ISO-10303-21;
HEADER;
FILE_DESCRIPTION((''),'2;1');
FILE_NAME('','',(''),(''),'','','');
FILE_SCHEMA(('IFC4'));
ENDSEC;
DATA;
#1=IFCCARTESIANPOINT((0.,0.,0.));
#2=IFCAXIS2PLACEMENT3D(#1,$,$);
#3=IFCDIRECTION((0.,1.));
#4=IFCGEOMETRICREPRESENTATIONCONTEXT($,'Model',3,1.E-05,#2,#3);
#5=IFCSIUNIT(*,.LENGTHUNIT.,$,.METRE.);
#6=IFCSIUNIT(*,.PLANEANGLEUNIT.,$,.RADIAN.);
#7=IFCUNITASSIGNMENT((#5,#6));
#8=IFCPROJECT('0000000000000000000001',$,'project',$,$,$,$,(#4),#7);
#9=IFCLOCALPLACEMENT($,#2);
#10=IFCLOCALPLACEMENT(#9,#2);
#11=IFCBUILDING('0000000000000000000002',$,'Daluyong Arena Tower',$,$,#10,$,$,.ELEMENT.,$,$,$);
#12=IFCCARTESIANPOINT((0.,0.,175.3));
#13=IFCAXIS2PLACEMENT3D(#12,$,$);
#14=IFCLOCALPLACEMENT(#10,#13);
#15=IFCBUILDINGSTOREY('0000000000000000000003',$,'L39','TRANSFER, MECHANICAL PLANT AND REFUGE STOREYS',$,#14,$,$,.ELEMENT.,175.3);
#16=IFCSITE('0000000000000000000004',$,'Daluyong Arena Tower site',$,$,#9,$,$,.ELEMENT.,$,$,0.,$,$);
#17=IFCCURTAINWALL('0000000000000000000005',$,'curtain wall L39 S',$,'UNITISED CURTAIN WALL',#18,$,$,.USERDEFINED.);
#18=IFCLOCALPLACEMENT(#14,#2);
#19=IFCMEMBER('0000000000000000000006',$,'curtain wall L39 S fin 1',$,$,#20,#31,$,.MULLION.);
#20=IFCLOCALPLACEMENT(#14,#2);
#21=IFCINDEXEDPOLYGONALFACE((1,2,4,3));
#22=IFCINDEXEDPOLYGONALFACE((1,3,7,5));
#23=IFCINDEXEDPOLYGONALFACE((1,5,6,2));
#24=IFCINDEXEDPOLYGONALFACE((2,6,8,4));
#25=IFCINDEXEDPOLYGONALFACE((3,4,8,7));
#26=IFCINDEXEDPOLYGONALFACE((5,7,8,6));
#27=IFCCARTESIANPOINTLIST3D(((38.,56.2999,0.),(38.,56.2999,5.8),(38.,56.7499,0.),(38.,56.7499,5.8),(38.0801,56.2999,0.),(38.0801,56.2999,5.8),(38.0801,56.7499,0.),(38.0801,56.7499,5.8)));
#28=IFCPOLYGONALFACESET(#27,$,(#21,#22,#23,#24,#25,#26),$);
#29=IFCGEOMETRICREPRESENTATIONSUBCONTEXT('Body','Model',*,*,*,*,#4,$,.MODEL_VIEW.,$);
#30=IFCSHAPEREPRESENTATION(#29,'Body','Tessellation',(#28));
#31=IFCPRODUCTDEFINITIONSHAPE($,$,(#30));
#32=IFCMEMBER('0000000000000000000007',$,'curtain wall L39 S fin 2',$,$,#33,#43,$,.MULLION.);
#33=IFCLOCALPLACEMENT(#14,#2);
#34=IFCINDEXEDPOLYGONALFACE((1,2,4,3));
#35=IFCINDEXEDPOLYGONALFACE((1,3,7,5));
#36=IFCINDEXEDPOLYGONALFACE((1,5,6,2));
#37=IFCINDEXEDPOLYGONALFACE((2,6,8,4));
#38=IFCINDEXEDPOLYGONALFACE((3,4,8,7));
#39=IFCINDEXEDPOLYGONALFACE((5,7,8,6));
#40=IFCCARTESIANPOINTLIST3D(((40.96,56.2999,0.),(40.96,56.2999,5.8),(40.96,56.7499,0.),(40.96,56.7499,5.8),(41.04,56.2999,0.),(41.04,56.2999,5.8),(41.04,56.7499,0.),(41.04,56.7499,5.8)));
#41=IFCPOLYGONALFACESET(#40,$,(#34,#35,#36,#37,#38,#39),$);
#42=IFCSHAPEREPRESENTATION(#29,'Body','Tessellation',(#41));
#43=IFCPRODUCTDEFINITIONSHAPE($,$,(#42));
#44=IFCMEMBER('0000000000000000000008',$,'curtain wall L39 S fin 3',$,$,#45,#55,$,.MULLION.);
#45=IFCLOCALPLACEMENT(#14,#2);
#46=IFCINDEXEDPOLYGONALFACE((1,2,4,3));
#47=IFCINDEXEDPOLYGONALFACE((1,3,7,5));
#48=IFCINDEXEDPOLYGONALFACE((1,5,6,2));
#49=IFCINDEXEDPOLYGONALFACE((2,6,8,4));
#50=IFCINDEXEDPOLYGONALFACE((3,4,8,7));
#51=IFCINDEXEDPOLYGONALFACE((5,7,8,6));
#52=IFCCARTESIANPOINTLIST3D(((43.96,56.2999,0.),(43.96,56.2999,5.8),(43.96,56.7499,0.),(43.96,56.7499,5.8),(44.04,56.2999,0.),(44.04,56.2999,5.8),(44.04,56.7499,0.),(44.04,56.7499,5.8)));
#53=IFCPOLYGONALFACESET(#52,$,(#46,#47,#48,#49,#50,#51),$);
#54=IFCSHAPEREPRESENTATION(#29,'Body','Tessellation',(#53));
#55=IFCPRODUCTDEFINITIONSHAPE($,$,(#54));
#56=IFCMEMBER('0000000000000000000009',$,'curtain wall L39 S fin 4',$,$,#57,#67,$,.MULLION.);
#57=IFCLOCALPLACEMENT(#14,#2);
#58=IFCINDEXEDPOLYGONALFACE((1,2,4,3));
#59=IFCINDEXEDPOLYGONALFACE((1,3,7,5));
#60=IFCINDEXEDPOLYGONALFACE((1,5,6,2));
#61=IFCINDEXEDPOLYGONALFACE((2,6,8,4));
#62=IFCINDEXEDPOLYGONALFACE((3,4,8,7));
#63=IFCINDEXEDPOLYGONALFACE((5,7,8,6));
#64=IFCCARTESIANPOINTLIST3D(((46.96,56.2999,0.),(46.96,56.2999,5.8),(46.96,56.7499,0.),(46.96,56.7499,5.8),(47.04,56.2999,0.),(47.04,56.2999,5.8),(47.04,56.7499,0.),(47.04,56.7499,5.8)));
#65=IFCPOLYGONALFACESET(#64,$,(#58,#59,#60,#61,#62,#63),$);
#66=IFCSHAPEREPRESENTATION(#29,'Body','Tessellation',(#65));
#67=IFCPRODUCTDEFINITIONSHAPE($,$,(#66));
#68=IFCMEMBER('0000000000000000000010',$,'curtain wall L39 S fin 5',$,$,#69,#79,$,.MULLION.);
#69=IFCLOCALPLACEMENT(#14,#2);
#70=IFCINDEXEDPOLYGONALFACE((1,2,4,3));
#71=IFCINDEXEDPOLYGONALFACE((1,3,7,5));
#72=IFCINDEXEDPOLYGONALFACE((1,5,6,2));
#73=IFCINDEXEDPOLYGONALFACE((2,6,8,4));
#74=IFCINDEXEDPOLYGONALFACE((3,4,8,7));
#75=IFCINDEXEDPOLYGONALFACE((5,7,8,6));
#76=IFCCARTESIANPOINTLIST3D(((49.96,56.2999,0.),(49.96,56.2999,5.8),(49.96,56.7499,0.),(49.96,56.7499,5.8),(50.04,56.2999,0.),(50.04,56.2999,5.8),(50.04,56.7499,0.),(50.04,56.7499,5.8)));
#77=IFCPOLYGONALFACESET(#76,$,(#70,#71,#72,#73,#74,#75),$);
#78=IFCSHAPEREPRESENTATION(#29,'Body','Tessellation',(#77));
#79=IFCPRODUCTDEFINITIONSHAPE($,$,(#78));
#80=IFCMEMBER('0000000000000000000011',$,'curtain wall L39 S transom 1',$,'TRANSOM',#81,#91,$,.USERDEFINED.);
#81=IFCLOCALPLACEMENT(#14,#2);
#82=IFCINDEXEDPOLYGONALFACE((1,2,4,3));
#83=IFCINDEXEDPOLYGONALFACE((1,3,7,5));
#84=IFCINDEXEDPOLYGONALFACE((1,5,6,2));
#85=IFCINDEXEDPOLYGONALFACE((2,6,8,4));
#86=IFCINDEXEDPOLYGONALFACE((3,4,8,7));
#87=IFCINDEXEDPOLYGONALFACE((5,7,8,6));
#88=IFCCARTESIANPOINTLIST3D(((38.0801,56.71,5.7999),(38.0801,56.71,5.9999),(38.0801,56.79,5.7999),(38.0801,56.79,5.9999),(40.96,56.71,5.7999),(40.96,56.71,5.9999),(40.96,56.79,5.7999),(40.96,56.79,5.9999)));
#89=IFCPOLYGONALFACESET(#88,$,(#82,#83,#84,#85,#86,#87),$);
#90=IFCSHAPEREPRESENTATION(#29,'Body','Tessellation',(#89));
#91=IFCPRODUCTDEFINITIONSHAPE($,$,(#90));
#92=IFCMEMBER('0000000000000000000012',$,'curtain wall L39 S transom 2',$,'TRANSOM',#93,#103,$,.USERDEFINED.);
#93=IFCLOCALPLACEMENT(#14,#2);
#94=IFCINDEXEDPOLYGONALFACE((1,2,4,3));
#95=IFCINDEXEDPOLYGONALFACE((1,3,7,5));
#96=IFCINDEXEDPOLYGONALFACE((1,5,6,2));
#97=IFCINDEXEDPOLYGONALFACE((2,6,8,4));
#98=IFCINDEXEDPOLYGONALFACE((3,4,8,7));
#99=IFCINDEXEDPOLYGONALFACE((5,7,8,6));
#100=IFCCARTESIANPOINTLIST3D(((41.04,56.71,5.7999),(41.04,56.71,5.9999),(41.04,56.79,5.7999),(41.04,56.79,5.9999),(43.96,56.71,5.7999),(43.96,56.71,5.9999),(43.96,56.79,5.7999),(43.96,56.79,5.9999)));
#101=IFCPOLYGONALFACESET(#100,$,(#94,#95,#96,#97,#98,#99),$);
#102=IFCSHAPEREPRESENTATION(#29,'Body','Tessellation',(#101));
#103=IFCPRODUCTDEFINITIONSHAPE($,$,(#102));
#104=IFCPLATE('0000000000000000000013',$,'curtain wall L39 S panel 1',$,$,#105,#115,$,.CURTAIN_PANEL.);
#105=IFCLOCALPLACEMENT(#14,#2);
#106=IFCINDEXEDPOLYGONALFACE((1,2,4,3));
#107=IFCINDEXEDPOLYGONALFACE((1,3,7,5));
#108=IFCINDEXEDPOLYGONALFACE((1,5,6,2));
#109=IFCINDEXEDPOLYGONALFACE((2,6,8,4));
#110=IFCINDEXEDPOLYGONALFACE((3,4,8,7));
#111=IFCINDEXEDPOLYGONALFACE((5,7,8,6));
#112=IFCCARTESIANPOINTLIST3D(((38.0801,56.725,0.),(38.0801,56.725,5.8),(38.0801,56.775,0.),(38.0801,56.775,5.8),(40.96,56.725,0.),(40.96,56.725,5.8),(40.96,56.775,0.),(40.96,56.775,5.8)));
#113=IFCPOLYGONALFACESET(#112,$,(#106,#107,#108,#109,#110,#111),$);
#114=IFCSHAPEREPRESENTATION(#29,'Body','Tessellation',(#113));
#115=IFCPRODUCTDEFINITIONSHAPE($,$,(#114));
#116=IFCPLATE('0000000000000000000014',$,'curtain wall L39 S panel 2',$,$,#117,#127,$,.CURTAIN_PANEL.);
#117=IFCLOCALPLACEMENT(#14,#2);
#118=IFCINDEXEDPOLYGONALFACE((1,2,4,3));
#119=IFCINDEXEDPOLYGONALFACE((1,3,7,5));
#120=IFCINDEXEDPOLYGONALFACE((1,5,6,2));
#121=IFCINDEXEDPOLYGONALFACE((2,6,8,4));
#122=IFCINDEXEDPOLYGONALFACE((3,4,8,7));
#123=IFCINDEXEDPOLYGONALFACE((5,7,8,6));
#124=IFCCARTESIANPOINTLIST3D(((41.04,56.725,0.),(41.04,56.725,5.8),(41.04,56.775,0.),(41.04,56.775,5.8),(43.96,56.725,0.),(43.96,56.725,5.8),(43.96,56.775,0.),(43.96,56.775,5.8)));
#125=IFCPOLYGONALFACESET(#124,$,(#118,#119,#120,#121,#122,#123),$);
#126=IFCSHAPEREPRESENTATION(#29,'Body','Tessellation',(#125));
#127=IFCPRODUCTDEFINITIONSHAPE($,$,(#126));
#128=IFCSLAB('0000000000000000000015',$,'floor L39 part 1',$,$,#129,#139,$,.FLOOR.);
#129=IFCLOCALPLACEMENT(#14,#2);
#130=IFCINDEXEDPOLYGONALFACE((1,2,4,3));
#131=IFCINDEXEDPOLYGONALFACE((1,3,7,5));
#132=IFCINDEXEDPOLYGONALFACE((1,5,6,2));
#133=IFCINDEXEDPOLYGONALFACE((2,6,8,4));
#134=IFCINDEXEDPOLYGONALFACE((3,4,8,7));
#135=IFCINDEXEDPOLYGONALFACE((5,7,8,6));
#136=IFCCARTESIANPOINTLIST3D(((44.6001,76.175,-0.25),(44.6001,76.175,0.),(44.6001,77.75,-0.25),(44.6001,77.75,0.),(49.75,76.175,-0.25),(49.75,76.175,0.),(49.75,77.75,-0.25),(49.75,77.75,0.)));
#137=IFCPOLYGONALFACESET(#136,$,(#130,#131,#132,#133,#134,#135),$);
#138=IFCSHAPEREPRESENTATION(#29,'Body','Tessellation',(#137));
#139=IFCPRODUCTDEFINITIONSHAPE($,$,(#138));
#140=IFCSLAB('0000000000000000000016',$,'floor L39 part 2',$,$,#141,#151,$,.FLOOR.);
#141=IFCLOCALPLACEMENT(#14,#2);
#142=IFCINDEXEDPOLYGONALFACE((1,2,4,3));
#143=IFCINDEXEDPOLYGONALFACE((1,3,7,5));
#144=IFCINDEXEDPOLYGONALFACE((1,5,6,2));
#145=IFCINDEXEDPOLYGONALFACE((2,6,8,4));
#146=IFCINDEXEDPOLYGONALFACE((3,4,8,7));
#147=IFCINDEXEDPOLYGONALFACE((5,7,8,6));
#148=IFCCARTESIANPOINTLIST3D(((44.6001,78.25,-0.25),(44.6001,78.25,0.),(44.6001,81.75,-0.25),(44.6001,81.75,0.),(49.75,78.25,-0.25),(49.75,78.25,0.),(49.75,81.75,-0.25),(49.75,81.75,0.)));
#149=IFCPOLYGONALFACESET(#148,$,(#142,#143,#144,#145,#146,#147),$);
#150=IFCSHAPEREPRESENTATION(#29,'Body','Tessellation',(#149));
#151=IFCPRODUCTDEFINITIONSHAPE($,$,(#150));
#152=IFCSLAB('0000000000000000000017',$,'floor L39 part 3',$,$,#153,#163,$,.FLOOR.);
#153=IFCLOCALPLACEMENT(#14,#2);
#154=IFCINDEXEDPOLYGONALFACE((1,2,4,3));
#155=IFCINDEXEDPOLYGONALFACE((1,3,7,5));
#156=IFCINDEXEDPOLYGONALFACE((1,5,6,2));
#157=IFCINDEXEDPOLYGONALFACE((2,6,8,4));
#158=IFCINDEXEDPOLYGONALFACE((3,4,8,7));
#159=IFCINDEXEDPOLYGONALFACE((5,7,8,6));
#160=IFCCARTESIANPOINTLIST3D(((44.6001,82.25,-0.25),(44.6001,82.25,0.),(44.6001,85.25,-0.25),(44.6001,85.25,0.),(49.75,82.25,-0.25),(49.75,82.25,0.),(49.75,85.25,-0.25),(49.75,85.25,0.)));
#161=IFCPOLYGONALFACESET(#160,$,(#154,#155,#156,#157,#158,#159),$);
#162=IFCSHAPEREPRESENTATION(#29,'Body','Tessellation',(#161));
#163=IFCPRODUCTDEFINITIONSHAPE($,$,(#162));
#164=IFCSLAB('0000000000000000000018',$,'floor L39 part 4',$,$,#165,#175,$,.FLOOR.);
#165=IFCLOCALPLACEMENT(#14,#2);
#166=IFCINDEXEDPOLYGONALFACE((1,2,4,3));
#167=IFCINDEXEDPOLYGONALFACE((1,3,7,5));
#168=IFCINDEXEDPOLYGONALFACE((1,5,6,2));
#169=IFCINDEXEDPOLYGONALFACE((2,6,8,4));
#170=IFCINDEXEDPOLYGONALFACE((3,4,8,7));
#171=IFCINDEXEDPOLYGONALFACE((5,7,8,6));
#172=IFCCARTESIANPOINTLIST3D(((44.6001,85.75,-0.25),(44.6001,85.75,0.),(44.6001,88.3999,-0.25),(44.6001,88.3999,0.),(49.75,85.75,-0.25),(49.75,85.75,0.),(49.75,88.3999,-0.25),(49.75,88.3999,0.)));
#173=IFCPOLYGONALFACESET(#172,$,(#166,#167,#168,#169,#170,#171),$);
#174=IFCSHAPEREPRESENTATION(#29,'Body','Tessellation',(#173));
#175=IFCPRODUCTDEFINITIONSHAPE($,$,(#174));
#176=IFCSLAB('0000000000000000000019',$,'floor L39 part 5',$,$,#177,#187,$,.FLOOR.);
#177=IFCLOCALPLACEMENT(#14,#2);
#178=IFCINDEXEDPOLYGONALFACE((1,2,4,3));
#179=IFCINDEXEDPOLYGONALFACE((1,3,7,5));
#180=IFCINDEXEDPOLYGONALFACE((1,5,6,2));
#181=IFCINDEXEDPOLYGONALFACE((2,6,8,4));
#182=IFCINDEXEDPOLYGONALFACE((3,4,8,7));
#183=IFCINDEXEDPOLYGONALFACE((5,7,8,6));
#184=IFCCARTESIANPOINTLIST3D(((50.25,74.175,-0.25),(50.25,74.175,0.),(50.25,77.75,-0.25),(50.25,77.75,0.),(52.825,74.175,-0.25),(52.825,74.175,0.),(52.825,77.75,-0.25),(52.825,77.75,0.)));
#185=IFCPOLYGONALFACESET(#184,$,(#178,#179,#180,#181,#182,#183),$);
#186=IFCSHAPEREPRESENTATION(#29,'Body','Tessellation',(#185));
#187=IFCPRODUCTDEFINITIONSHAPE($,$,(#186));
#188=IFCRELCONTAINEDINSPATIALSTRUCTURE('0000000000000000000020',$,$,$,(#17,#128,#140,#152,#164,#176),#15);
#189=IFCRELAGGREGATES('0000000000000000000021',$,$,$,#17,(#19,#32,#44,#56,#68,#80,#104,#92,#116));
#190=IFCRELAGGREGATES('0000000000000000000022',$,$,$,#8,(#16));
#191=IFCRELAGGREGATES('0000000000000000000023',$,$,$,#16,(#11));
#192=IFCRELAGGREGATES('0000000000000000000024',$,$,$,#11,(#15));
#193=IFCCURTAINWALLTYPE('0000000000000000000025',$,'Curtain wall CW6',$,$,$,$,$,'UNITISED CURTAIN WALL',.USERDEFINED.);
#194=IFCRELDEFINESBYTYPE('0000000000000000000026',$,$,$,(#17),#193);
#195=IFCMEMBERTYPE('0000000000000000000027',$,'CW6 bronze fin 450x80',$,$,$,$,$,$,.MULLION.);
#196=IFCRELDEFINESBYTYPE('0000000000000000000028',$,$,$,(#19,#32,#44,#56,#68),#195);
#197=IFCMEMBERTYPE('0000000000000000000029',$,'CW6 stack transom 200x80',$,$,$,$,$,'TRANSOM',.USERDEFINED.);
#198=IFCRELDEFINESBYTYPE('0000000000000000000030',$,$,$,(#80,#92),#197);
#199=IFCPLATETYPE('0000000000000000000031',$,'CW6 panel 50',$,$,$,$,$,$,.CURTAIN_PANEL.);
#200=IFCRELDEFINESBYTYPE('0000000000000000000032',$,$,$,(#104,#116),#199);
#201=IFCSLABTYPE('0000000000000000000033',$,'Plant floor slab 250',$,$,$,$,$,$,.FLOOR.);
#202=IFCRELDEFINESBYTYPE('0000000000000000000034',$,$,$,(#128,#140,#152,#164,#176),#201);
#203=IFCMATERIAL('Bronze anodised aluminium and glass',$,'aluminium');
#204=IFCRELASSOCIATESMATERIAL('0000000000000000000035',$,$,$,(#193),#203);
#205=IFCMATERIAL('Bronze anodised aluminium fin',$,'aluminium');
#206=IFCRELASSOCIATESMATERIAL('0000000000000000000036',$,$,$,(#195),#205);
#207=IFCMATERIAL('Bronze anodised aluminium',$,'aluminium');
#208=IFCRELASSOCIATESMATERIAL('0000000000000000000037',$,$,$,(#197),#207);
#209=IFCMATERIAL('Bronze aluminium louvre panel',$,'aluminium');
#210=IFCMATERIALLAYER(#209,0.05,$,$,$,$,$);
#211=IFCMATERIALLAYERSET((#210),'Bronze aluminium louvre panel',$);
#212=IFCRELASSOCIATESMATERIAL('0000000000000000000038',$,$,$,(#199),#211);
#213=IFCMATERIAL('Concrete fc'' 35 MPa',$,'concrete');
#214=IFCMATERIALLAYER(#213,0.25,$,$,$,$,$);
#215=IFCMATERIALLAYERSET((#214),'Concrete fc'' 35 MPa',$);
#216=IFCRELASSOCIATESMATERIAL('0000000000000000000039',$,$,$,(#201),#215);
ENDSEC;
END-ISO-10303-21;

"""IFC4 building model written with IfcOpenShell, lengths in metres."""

from ifc_helpers import new_model, si_unit, direction, frame, origin, origin_2d, place, context, subcontext, project, spatial, polyline, rectangle, outline, extrude, material, layer, layer_set, material_profile, profile_set, type_object, element, aggregate, save


model = new_model("IFC4")

# Units and contexts
model_context = context("Model", 3, precision=1e-05, world=origin(), true_north=direction((0.0, 1.0)))
body_context = subcontext(model_context, "Body", "Model", "MODEL_VIEW")
ifc_project = project(units=[si_unit("LENGTHUNIT", "METRE"), si_unit("PLANEANGLEUNIT", "RADIAN")], contexts=[model_context])

# Site, building, storey
site_placement = place(None, origin())
site = spatial("IfcSite", under=ifc_project, at=site_placement, Name="Daluyong Arena Tower site", CompositionType="ELEMENT", RefElevation=0.0)
building_placement = place(site_placement, origin())
building = spatial("IfcBuilding", under=site, at=building_placement, Name="Daluyong Arena Tower", CompositionType="ELEMENT")
storey_placement = place(building_placement, frame((0.0, 0.0, 175.3)))
storey = spatial("IfcBuildingStorey", under=building, at=storey_placement, Name="L39", Description="TRANSFER, MECHANICAL PLANT AND REFUGE STOREYS", CompositionType="ELEMENT", Elevation=175.3)

# Curtain wall, members, plates
ifc_material_1 = material(Name="Bronze anodised aluminium and glass", Category="aluminium")
curtain_wall_type = type_object("IfcCurtainWallType", Name="Curtain wall CW6", ElementType="UNITISED CURTAIN WALL", PredefinedType="USERDEFINED", material=ifc_material_1)
curtain_wall_placement = place(storey_placement, origin())
curtain_wall = element("IfcCurtainWall", 1, at=curtain_wall_placement, inside=storey, type_object=curtain_wall_type, Name="curtain wall L39 S", ObjectType="UNITISED CURTAIN WALL", PredefinedType="USERDEFINED")
ifc_material_2 = material(Name="Bronze anodised aluminium fin", Category="aluminium")
ifc_material_profile_1 = material_profile(ifc_material_2, rectangle(XDim=0.45, YDim=0.0801, at=origin_2d()))
ifc_profile_set_1 = profile_set([ifc_material_profile_1], Name="Bronze anodised aluminium fin")
member_type_1 = type_object("IfcMemberType", Name="CW6 bronze fin 450x80", PredefinedType="MULLION", material=ifc_profile_set_1)
member_1_placement = place(storey_placement, frame((38.04, 56.5249, 0.0), z_axis=(0.0, 0.0, 1.0), x_axis=(0.0, 1.0, 0.0)))
member_1 = element("IfcMember", 2, at=member_1_placement, type_object=member_type_1, Name="curtain wall L39 S fin 1", PredefinedType="MULLION", context=body_context, shape_type="SweptSolid", body=[
    extrude(rectangle(XDim=0.45, YDim=0.0801, at=origin_2d()), origin(), (0.0, 0.0, 1.0), 5.8),
])
member_2_placement = place(storey_placement, frame((41.0, 56.5249, 0.0), z_axis=(0.0, 0.0, 1.0), x_axis=(0.0, 1.0, 0.0)))
member_2 = element("IfcMember", 3, at=member_2_placement, type_object=member_type_1, Name="curtain wall L39 S fin 2", PredefinedType="MULLION", context=body_context, shape_type="SweptSolid", body=[
    extrude(rectangle(XDim=0.45, YDim=0.0801, at=origin_2d()), origin(), (0.0, 0.0, 1.0), 5.8),
])
member_3_placement = place(storey_placement, frame((44.0, 56.5249, 0.0), z_axis=(0.0, 0.0, 1.0), x_axis=(0.0, 1.0, 0.0)))
member_3 = element("IfcMember", 4, at=member_3_placement, type_object=member_type_1, Name="curtain wall L39 S fin 3", PredefinedType="MULLION", context=body_context, shape_type="SweptSolid", body=[
    extrude(rectangle(XDim=0.45, YDim=0.0801, at=origin_2d()), origin(), (0.0, 0.0, 1.0), 5.8),
])
member_4_placement = place(storey_placement, frame((47.0, 56.5249, 0.0), z_axis=(0.0, 0.0, 1.0), x_axis=(0.0, 1.0, 0.0)))
member_4 = element("IfcMember", 5, at=member_4_placement, type_object=member_type_1, Name="curtain wall L39 S fin 4", PredefinedType="MULLION", context=body_context, shape_type="SweptSolid", body=[
    extrude(rectangle(XDim=0.45, YDim=0.0801, at=origin_2d()), origin(), (0.0, 0.0, 1.0), 5.8),
])
member_5_placement = place(storey_placement, frame((50.0, 56.5249, 0.0), z_axis=(0.0, 0.0, 1.0), x_axis=(0.0, 1.0, 0.0)))
member_5 = element("IfcMember", 6, at=member_5_placement, type_object=member_type_1, Name="curtain wall L39 S fin 5", PredefinedType="MULLION", context=body_context, shape_type="SweptSolid", body=[
    extrude(rectangle(XDim=0.45, YDim=0.0801, at=origin_2d()), origin(), (0.0, 0.0, 1.0), 5.8),
])
ifc_material_3 = material(Name="Bronze anodised aluminium", Category="aluminium")
ifc_material_profile_2 = material_profile(ifc_material_3, rectangle(XDim=0.0801, YDim=0.2, at=origin_2d()))
ifc_profile_set_2 = profile_set([ifc_material_profile_2], Name="Bronze anodised aluminium")
member_type_2 = type_object("IfcMemberType", Name="CW6 stack transom 200x80", ElementType="TRANSOM", PredefinedType="USERDEFINED", material=ifc_profile_set_2)
member_6_placement = place(storey_placement, frame((38.0801, 56.75, 5.8999), z_axis=(1.0, 0.0, 0.0), x_axis=(0.0, 1.0, 0.0)))
member_6 = element("IfcMember", 7, at=member_6_placement, type_object=member_type_2, Name="curtain wall L39 S transom 1", ObjectType="TRANSOM", PredefinedType="USERDEFINED", context=body_context, shape_type="SweptSolid", body=[
    extrude(rectangle(XDim=0.0801, YDim=0.2, at=origin_2d()), origin(), (0.0, 0.0, 1.0), 2.8799),
])
member_7_placement = place(storey_placement, frame((41.04, 56.75, 5.8999), z_axis=(1.0, 0.0, 0.0), x_axis=(0.0, 1.0, 0.0)))
member_7 = element("IfcMember", 8, at=member_7_placement, type_object=member_type_2, Name="curtain wall L39 S transom 2", ObjectType="TRANSOM", PredefinedType="USERDEFINED", context=body_context, shape_type="SweptSolid", body=[
    extrude(rectangle(XDim=0.0801, YDim=0.2, at=origin_2d()), origin(), (0.0, 0.0, 1.0), 2.9199),
])
ifc_material_4 = material(Name="Bronze aluminium louvre panel", Category="aluminium")
ifc_layer_1 = layer(ifc_material_4, 0.05)
ifc_layer_set_1 = layer_set([ifc_layer_1], Name="Bronze aluminium louvre panel")
plate_type = type_object("IfcPlateType", Name="CW6 panel 50", PredefinedType="CURTAIN_PANEL", material=ifc_layer_set_1)
plate_1_placement = place(storey_placement, frame((39.52, 56.75, 0.0), z_axis=(0.0, 0.0, 1.0), x_axis=(1.0, 0.0, 0.0)))
plate_1 = element("IfcPlate", 9, at=plate_1_placement, type_object=plate_type, Name="curtain wall L39 S panel 1", PredefinedType="CURTAIN_PANEL", context=body_context, shape_type="SweptSolid", body=[
    extrude(rectangle(XDim=2.8799, YDim=0.05, at=origin_2d()), origin(), (0.0, 0.0, 1.0), 5.8),
])
plate_2_placement = place(storey_placement, frame((42.5, 56.75, 0.0), z_axis=(0.0, 0.0, 1.0), x_axis=(1.0, 0.0, 0.0)))
plate_2 = element("IfcPlate", 10, at=plate_2_placement, type_object=plate_type, Name="curtain wall L39 S panel 2", PredefinedType="CURTAIN_PANEL", context=body_context, shape_type="SweptSolid", body=[
    extrude(rectangle(XDim=2.9199, YDim=0.05, at=origin_2d()), origin(), (0.0, 0.0, 1.0), 5.8),
])
aggregate(curtain_wall, [member_1, member_2, member_3, member_4, member_5, member_6, plate_1, member_7, plate_2])

# Slabs
ifc_material_5 = material(Name="Concrete fc' 35 MPa", Category="concrete")
ifc_layer_2 = layer(ifc_material_5, 0.25)
ifc_layer_set_2 = layer_set([ifc_layer_2], Name="Concrete fc' 35 MPa")
slab_type_1 = type_object("IfcSlabType", Name="Plant floor slab 250", PredefinedType="FLOOR", material=ifc_layer_set_2)
slab_1_placement = place(storey_placement, frame((0.0, 0.0, -0.25)))
element("IfcSlab", 11, at=slab_1_placement, inside=storey, type_object=slab_type_1, Name="floor L39 part 1", PredefinedType="FLOOR", context=body_context, shape_type="SweptSolid", body=[
    extrude(outline(polyline([(49.75, 76.175), (49.75, 77.75), (44.6001, 77.75), (44.6001, 76.175), (49.75, 76.175)])), origin(), (0.0, 0.0, 1.0), 0.25),
])
slab_2_placement = place(storey_placement, frame((0.0, 0.0, -0.25)))
element("IfcSlab", 12, at=slab_2_placement, inside=storey, type_object=slab_type_1, Name="floor L39 part 2", PredefinedType="FLOOR", context=body_context, shape_type="SweptSolid", body=[
    extrude(outline(polyline([(44.6001, 78.25), (49.75, 78.25), (49.75, 81.75), (44.6001, 81.75), (44.6001, 78.25)])), origin(), (0.0, 0.0, 1.0), 0.25),
])
slab_3_placement = place(storey_placement, frame((0.0, 0.0, -0.25)))
element("IfcSlab", 13, at=slab_3_placement, inside=storey, type_object=slab_type_1, Name="floor L39 part 3", PredefinedType="FLOOR", context=body_context, shape_type="SweptSolid", body=[
    extrude(outline(polyline([(44.6001, 82.25), (49.75, 82.25), (49.75, 85.25), (44.6001, 85.25), (44.6001, 82.25)])), origin(), (0.0, 0.0, 1.0), 0.25),
])
slab_4_placement = place(storey_placement, frame((0.0, 0.0, -0.25)))
element("IfcSlab", 14, at=slab_4_placement, inside=storey, type_object=slab_type_1, Name="floor L39 part 4", PredefinedType="FLOOR", context=body_context, shape_type="SweptSolid", body=[
    extrude(outline(polyline([(49.75, 88.3999), (44.6001, 88.3999), (44.6001, 85.75), (49.75, 85.75), (49.75, 88.3999)])), origin(), (0.0, 0.0, 1.0), 0.25),
])
slab_5_placement = place(storey_placement, frame((0.0, 0.0, -0.25)))
element("IfcSlab", 15, at=slab_5_placement, inside=storey, type_object=slab_type_1, Name="floor L39 part 5", PredefinedType="FLOOR", context=body_context, shape_type="SweptSolid", body=[
    extrude(outline(polyline([(52.825, 77.75), (50.25, 77.75), (50.25, 74.175), (52.825, 74.175), (52.825, 77.75)])), origin(), (0.0, 0.0, 1.0), 0.25),
])

save(model, "model.ifc")
